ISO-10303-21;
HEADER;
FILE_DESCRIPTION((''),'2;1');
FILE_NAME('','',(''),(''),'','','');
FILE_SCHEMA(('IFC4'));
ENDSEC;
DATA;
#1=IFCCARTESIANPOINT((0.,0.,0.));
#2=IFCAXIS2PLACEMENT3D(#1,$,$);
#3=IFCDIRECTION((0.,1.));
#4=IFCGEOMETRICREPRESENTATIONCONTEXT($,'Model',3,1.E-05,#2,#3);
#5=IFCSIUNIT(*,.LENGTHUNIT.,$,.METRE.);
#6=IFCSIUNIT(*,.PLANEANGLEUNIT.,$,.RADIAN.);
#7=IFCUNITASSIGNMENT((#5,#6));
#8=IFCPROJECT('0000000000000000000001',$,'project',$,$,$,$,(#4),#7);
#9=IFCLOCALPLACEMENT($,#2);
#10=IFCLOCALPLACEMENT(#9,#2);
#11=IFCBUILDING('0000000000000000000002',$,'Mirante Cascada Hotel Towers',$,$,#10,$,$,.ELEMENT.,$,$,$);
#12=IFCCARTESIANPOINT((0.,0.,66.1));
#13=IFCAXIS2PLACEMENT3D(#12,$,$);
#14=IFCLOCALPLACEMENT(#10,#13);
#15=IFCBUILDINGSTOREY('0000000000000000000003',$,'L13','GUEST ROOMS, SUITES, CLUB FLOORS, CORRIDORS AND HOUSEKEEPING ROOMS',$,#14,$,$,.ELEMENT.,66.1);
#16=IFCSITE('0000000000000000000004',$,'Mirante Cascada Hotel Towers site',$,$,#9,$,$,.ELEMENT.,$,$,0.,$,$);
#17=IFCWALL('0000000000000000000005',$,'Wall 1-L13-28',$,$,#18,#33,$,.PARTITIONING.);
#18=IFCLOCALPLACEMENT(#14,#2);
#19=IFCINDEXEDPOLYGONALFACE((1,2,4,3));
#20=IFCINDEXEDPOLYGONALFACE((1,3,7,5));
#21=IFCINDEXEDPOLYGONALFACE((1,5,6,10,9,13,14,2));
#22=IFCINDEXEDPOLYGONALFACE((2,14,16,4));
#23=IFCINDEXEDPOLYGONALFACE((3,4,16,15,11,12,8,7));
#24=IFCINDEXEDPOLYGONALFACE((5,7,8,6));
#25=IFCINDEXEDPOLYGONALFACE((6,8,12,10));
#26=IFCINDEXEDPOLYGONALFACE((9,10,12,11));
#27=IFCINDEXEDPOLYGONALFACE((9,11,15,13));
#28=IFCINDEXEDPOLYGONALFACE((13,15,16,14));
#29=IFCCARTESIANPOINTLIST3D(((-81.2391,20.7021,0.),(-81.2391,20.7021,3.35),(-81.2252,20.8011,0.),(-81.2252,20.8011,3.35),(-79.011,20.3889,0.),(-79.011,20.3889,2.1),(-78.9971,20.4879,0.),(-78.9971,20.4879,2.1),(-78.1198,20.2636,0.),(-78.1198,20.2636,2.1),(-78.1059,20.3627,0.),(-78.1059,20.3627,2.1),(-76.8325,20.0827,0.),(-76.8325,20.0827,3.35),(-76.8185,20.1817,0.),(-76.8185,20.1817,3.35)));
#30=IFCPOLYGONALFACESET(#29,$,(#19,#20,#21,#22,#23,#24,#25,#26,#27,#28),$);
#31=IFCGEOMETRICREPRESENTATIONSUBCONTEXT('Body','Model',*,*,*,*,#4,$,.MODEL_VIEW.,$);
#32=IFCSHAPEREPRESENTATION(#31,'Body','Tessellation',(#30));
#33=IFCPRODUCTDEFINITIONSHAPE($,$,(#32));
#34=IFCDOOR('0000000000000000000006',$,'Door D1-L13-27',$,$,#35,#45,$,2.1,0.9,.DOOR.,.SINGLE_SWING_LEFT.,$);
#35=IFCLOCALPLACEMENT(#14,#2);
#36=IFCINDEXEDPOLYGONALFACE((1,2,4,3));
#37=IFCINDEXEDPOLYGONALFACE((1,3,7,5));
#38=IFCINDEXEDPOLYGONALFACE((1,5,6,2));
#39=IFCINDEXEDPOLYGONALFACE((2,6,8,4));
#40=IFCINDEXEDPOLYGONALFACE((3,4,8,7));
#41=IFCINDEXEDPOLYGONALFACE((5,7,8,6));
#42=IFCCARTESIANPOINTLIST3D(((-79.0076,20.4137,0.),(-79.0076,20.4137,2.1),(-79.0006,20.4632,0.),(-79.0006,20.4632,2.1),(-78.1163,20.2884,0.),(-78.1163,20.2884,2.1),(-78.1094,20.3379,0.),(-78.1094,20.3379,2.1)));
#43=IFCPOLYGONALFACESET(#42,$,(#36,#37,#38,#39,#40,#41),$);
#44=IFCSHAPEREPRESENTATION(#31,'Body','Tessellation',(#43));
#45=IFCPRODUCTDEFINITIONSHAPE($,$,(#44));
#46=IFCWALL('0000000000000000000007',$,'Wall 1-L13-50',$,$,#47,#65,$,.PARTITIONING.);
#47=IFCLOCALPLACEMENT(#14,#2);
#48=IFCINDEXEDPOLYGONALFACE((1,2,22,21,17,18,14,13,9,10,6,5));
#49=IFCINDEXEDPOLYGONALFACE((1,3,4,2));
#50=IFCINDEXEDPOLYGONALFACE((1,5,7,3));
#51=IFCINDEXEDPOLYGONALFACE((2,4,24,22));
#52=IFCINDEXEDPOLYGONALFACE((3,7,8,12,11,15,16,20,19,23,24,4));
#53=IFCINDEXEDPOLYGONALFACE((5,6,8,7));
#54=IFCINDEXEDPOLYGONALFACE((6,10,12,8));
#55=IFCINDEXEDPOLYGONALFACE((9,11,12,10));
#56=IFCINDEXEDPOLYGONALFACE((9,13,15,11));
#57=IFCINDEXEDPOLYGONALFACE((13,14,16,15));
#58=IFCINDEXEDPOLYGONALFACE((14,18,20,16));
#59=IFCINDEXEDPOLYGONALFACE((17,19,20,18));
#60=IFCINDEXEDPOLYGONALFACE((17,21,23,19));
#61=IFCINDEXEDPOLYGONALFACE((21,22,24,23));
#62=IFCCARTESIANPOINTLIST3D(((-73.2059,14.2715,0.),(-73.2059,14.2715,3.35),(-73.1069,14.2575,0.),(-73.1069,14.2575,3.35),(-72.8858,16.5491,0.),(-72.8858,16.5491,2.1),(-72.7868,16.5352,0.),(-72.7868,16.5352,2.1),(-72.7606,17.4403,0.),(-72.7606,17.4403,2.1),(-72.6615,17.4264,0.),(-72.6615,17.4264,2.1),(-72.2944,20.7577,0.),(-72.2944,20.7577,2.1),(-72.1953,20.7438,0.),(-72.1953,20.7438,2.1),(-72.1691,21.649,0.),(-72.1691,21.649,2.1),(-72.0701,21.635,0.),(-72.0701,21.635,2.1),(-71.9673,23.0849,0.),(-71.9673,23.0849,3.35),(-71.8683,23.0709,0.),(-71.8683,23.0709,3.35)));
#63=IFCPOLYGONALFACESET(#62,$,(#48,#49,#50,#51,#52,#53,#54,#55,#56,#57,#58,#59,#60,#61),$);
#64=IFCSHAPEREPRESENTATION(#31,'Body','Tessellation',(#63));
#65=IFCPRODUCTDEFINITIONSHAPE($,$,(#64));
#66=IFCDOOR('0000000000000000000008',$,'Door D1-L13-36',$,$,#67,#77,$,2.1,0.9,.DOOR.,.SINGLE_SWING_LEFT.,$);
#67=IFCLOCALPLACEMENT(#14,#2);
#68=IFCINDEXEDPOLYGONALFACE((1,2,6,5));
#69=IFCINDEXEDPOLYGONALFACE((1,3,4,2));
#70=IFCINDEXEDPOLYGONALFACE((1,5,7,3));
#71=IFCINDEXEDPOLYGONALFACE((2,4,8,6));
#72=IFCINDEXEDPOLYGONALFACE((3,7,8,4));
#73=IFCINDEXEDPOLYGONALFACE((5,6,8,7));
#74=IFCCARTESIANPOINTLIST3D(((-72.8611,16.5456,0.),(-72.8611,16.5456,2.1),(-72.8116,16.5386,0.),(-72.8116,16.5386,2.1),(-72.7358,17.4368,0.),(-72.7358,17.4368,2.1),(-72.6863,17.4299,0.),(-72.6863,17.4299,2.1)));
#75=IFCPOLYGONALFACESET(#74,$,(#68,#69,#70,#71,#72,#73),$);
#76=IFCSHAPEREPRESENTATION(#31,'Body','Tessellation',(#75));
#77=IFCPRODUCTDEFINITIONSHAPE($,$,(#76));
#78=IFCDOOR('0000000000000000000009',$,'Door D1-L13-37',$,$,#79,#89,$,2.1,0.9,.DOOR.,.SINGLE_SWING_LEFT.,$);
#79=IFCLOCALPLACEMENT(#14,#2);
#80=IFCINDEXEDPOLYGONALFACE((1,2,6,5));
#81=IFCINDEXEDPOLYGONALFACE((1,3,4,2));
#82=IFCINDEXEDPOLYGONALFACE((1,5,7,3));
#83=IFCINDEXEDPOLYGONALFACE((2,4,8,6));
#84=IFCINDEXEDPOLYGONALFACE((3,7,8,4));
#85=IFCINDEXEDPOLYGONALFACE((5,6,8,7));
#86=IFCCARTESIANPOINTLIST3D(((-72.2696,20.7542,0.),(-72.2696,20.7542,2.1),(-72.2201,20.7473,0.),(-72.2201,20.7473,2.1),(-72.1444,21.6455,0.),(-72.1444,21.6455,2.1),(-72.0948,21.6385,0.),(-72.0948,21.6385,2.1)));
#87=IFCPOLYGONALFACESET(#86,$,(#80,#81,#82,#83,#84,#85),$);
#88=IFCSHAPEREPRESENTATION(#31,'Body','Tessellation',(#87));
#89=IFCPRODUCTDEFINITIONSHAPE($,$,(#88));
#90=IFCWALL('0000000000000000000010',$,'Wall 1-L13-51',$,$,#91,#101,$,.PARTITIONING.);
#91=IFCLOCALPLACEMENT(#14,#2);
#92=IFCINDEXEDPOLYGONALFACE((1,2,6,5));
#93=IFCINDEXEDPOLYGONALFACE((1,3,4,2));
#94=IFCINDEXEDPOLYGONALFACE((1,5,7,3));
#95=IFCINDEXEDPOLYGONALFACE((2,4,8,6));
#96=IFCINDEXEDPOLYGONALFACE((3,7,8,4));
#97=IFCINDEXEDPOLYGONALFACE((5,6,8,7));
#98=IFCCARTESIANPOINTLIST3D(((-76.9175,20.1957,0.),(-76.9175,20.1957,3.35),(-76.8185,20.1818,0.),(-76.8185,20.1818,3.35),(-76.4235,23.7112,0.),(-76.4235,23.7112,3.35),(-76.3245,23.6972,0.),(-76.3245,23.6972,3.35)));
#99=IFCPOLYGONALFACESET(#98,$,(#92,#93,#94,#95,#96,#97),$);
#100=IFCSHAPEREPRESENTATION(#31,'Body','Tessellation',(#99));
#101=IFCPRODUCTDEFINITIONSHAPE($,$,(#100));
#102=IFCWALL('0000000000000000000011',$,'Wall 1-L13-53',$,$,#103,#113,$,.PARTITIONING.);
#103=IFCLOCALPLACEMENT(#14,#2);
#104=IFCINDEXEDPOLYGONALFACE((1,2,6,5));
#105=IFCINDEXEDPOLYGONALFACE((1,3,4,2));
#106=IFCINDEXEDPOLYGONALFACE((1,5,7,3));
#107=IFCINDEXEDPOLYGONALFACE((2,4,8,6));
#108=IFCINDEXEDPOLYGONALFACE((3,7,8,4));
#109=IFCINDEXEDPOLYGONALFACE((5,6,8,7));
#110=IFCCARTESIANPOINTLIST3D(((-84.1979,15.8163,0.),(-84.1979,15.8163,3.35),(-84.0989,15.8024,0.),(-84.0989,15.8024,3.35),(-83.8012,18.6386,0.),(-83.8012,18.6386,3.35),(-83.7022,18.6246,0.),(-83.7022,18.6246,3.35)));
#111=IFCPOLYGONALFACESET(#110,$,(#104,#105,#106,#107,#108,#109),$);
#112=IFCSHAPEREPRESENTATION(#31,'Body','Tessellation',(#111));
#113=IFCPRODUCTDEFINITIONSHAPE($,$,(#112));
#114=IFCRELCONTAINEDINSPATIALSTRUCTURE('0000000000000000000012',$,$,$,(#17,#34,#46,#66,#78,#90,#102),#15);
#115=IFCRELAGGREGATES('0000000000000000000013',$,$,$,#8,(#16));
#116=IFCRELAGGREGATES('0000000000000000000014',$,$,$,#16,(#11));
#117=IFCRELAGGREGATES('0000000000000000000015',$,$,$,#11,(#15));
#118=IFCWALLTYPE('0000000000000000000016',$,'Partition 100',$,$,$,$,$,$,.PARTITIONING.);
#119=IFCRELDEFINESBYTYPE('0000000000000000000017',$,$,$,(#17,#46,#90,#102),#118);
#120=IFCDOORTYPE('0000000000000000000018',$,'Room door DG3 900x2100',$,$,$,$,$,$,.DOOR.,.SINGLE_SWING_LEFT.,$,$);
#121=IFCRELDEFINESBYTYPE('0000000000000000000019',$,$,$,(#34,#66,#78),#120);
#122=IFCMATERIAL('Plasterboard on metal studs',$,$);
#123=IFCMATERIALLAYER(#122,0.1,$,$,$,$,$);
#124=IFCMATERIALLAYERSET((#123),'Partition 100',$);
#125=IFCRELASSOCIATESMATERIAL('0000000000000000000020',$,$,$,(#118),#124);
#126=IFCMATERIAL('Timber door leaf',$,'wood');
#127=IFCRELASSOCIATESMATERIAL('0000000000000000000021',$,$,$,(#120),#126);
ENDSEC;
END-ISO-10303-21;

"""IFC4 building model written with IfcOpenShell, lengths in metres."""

from ifc_helpers import new_model, si_unit, direction, frame, frame_2d, origin, place, context, subcontext, project, spatial, rectangle, extrude, material, layer, layer_set, type_object, element, fill, save


model = new_model("IFC4")

# Units and contexts
model_context = context("Model", 3, precision=1e-05, world=origin(), true_north=direction((0.0, 1.0)))
body_context = subcontext(model_context, "Body", "Model", "MODEL_VIEW")
ifc_project = project(units=[si_unit("LENGTHUNIT", "METRE"), si_unit("PLANEANGLEUNIT", "RADIAN")], contexts=[model_context])

# Site, building, storey
site_placement = place(None, origin())
site = spatial("IfcSite", under=ifc_project, at=site_placement, Name="Mirante Cascada Hotel Towers site", CompositionType="ELEMENT", RefElevation=0.0)
building_placement = place(site_placement, origin())
building = spatial("IfcBuilding", under=site, at=building_placement, Name="Mirante Cascada Hotel Towers", CompositionType="ELEMENT")
storey_placement = place(building_placement, frame((0.0, 0.0, 66.1)))
storey = spatial("IfcBuildingStorey", under=building, at=storey_placement, Name="L13", Description="GUEST ROOMS, SUITES, CLUB FLOORS, CORRIDORS AND HOUSEKEEPING ROOMS", CompositionType="ELEMENT", Elevation=66.1)

# Wall, opening, door
ifc_material_1 = material(Name="Plasterboard on metal studs")
ifc_layer_1 = layer(ifc_material_1, 0.1)
ifc_layer_set_1 = layer_set([ifc_layer_1], Name="Partition 100")
wall_type_1 = type_object("IfcWallType", Name="Partition 100", PredefinedType="PARTITIONING", material=ifc_layer_set_1)
wall_1_placement = place(storey_placement, frame((-76.8255, 20.1322, 0.0), z_axis=(0.0, 0.0, 1.0), x_axis=(-0.990266, 0.13919, 0.0)))
wall_1 = element("IfcWall", 1, at=wall_1_placement, inside=storey, type_object=wall_type_1, Name="Wall 1-L13-28", PredefinedType="PARTITIONING", context=body_context, shape_type="SweptSolid", body=[
    extrude(rectangle(XDim=4.45, YDim=0.1, at=frame_2d((2.225, 0.0))), origin(), (0.0, 0.0, 1.0), 3.35),
])
opening_1_placement = place(wall_1_placement, frame((1.3, 0.0, 0.0)))
opening_1 = element("IfcOpeningElement", 2, at=opening_1_placement, cuts=wall_1, PredefinedType="OPENING", context=body_context, shape_type="SweptSolid", body=[
    extrude(rectangle(XDim=0.9, YDim=2.1, at=frame_2d((0.45, 1.05))), frame((0.0, 0.05, 0.0), z_axis=(0.0, -1.0, 0.0), x_axis=(1.0, 0.0, 0.0)), (0.0, 0.0, 1.0), 0.1),
])
ifc_material_2 = material(Name="Timber door leaf", Category="wood")
door_type_1 = type_object("IfcDoorType", Name="Room door DG3 900x2100", OperationType="SINGLE_SWING_LEFT", PredefinedType="DOOR", material=ifc_material_2)
door_1_placement = place(opening_1_placement, origin())
door_1 = element("IfcDoor", 3, at=door_1_placement, inside=storey, type_object=door_type_1, Name="Door D1-L13-27", OperationType="SINGLE_SWING_LEFT", OverallHeight=2.1, OverallWidth=0.9, PredefinedType="DOOR", context=body_context, shape_type="SweptSolid", body=[
    extrude(rectangle(XDim=0.9, YDim=2.1, at=frame_2d((0.45, 1.05))), frame((0.0, 0.025, 0.0), z_axis=(0.0, -1.0, 0.0), x_axis=(1.0, 0.0, 0.0)), (0.0, 0.0, 1.0), 0.05),
])
fill(opening_1, door_1)

# Wall, openings, doors
wall_2_placement = place(storey_placement, frame((-73.1564, 14.2645, 0.0), z_axis=(0.0, 0.0, 1.0), x_axis=(0.139168, 0.990269, 0.0)))
wall_2 = element("IfcWall", 4, at=wall_2_placement, inside=storey, type_object=wall_type_1, Name="Wall 1-L13-50", PredefinedType="PARTITIONING", context=body_context, shape_type="SweptSolid", body=[
    extrude(rectangle(XDim=8.9, YDim=0.1, at=frame_2d((4.45, 0.0))), origin(), (0.0, 0.0, 1.0), 3.35),
])
opening_2_placement = place(wall_2_placement, frame((2.3, 0.0, 0.0)))
opening_2 = element("IfcOpeningElement", 5, at=opening_2_placement, cuts=wall_2, PredefinedType="OPENING", context=body_context, shape_type="SweptSolid", body=[
    extrude(rectangle(XDim=0.9, YDim=2.1, at=frame_2d((0.45, 1.05))), frame((0.0, 0.05, 0.0), z_axis=(0.0, -1.0, 0.0), x_axis=(1.0, 0.0, 0.0)), (0.0, 0.0, 1.0), 0.1),
])
opening_3_placement = place(wall_2_placement, frame((6.55, 0.0, 0.0)))
opening_3 = element("IfcOpeningElement", 6, at=opening_3_placement, cuts=wall_2, PredefinedType="OPENING", context=body_context, shape_type="SweptSolid", body=[
    extrude(rectangle(XDim=0.9, YDim=2.1, at=frame_2d((0.45, 1.05))), frame((0.0, 0.05, 0.0), z_axis=(0.0, -1.0, 0.0), x_axis=(1.0, 0.0, 0.0)), (0.0, 0.0, 1.0), 0.1),
])
door_2_placement = place(opening_2_placement, origin())
door_2 = element("IfcDoor", 7, at=door_2_placement, inside=storey, type_object=door_type_1, Name="Door D1-L13-36", OperationType="SINGLE_SWING_LEFT", OverallHeight=2.1, OverallWidth=0.9, PredefinedType="DOOR", context=body_context, shape_type="SweptSolid", body=[
    extrude(rectangle(XDim=0.9, YDim=2.1, at=frame_2d((0.45, 1.05))), frame((0.0, 0.025, 0.0), z_axis=(0.0, -1.0, 0.0), x_axis=(1.0, 0.0, 0.0)), (0.0, 0.0, 1.0), 0.05),
])
fill(opening_2, door_2)
door_3_placement = place(opening_3_placement, origin())
door_3 = element("IfcDoor", 8, at=door_3_placement, inside=storey, type_object=door_type_1, Name="Door D1-L13-37", OperationType="SINGLE_SWING_LEFT", OverallHeight=2.1, OverallWidth=0.9, PredefinedType="DOOR", context=body_context, shape_type="SweptSolid", body=[
    extrude(rectangle(XDim=0.9, YDim=2.1, at=frame_2d((0.45, 1.05))), frame((0.0, 0.025, 0.0), z_axis=(0.0, -1.0, 0.0), x_axis=(1.0, 0.0, 0.0)), (0.0, 0.0, 1.0), 0.05),
])
fill(opening_3, door_3)

# Walls
wall_3_placement = place(storey_placement, frame((-76.374, 23.7042, 0.0), z_axis=(0.0, 0.0, 1.0), x_axis=(-0.139153, -0.990271, 0.0)))
element("IfcWall", 9, at=wall_3_placement, inside=storey, type_object=wall_type_1, Name="Wall 1-L13-51", PredefinedType="PARTITIONING", context=body_context, shape_type="SweptSolid", body=[
    extrude(rectangle(XDim=3.55, YDim=0.1, at=frame_2d((1.775, 0.0))), origin(), (0.0, 0.0, 1.0), 3.35),
])
wall_4_placement = place(storey_placement, frame((-83.7517, 18.6316, 0.0), z_axis=(0.0, 0.0, 1.0), x_axis=(-0.139191, -0.990266, 0.0)))
element("IfcWall", 10, at=wall_4_placement, inside=storey, type_object=wall_type_1, Name="Wall 1-L13-53", PredefinedType="PARTITIONING", context=body_context, shape_type="SweptSolid", body=[
    extrude(rectangle(XDim=2.85, YDim=0.1, at=frame_2d((1.425, 0.0))), origin(), (0.0, 0.0, 1.0), 3.35),
])

save(model, "model.ifc")
